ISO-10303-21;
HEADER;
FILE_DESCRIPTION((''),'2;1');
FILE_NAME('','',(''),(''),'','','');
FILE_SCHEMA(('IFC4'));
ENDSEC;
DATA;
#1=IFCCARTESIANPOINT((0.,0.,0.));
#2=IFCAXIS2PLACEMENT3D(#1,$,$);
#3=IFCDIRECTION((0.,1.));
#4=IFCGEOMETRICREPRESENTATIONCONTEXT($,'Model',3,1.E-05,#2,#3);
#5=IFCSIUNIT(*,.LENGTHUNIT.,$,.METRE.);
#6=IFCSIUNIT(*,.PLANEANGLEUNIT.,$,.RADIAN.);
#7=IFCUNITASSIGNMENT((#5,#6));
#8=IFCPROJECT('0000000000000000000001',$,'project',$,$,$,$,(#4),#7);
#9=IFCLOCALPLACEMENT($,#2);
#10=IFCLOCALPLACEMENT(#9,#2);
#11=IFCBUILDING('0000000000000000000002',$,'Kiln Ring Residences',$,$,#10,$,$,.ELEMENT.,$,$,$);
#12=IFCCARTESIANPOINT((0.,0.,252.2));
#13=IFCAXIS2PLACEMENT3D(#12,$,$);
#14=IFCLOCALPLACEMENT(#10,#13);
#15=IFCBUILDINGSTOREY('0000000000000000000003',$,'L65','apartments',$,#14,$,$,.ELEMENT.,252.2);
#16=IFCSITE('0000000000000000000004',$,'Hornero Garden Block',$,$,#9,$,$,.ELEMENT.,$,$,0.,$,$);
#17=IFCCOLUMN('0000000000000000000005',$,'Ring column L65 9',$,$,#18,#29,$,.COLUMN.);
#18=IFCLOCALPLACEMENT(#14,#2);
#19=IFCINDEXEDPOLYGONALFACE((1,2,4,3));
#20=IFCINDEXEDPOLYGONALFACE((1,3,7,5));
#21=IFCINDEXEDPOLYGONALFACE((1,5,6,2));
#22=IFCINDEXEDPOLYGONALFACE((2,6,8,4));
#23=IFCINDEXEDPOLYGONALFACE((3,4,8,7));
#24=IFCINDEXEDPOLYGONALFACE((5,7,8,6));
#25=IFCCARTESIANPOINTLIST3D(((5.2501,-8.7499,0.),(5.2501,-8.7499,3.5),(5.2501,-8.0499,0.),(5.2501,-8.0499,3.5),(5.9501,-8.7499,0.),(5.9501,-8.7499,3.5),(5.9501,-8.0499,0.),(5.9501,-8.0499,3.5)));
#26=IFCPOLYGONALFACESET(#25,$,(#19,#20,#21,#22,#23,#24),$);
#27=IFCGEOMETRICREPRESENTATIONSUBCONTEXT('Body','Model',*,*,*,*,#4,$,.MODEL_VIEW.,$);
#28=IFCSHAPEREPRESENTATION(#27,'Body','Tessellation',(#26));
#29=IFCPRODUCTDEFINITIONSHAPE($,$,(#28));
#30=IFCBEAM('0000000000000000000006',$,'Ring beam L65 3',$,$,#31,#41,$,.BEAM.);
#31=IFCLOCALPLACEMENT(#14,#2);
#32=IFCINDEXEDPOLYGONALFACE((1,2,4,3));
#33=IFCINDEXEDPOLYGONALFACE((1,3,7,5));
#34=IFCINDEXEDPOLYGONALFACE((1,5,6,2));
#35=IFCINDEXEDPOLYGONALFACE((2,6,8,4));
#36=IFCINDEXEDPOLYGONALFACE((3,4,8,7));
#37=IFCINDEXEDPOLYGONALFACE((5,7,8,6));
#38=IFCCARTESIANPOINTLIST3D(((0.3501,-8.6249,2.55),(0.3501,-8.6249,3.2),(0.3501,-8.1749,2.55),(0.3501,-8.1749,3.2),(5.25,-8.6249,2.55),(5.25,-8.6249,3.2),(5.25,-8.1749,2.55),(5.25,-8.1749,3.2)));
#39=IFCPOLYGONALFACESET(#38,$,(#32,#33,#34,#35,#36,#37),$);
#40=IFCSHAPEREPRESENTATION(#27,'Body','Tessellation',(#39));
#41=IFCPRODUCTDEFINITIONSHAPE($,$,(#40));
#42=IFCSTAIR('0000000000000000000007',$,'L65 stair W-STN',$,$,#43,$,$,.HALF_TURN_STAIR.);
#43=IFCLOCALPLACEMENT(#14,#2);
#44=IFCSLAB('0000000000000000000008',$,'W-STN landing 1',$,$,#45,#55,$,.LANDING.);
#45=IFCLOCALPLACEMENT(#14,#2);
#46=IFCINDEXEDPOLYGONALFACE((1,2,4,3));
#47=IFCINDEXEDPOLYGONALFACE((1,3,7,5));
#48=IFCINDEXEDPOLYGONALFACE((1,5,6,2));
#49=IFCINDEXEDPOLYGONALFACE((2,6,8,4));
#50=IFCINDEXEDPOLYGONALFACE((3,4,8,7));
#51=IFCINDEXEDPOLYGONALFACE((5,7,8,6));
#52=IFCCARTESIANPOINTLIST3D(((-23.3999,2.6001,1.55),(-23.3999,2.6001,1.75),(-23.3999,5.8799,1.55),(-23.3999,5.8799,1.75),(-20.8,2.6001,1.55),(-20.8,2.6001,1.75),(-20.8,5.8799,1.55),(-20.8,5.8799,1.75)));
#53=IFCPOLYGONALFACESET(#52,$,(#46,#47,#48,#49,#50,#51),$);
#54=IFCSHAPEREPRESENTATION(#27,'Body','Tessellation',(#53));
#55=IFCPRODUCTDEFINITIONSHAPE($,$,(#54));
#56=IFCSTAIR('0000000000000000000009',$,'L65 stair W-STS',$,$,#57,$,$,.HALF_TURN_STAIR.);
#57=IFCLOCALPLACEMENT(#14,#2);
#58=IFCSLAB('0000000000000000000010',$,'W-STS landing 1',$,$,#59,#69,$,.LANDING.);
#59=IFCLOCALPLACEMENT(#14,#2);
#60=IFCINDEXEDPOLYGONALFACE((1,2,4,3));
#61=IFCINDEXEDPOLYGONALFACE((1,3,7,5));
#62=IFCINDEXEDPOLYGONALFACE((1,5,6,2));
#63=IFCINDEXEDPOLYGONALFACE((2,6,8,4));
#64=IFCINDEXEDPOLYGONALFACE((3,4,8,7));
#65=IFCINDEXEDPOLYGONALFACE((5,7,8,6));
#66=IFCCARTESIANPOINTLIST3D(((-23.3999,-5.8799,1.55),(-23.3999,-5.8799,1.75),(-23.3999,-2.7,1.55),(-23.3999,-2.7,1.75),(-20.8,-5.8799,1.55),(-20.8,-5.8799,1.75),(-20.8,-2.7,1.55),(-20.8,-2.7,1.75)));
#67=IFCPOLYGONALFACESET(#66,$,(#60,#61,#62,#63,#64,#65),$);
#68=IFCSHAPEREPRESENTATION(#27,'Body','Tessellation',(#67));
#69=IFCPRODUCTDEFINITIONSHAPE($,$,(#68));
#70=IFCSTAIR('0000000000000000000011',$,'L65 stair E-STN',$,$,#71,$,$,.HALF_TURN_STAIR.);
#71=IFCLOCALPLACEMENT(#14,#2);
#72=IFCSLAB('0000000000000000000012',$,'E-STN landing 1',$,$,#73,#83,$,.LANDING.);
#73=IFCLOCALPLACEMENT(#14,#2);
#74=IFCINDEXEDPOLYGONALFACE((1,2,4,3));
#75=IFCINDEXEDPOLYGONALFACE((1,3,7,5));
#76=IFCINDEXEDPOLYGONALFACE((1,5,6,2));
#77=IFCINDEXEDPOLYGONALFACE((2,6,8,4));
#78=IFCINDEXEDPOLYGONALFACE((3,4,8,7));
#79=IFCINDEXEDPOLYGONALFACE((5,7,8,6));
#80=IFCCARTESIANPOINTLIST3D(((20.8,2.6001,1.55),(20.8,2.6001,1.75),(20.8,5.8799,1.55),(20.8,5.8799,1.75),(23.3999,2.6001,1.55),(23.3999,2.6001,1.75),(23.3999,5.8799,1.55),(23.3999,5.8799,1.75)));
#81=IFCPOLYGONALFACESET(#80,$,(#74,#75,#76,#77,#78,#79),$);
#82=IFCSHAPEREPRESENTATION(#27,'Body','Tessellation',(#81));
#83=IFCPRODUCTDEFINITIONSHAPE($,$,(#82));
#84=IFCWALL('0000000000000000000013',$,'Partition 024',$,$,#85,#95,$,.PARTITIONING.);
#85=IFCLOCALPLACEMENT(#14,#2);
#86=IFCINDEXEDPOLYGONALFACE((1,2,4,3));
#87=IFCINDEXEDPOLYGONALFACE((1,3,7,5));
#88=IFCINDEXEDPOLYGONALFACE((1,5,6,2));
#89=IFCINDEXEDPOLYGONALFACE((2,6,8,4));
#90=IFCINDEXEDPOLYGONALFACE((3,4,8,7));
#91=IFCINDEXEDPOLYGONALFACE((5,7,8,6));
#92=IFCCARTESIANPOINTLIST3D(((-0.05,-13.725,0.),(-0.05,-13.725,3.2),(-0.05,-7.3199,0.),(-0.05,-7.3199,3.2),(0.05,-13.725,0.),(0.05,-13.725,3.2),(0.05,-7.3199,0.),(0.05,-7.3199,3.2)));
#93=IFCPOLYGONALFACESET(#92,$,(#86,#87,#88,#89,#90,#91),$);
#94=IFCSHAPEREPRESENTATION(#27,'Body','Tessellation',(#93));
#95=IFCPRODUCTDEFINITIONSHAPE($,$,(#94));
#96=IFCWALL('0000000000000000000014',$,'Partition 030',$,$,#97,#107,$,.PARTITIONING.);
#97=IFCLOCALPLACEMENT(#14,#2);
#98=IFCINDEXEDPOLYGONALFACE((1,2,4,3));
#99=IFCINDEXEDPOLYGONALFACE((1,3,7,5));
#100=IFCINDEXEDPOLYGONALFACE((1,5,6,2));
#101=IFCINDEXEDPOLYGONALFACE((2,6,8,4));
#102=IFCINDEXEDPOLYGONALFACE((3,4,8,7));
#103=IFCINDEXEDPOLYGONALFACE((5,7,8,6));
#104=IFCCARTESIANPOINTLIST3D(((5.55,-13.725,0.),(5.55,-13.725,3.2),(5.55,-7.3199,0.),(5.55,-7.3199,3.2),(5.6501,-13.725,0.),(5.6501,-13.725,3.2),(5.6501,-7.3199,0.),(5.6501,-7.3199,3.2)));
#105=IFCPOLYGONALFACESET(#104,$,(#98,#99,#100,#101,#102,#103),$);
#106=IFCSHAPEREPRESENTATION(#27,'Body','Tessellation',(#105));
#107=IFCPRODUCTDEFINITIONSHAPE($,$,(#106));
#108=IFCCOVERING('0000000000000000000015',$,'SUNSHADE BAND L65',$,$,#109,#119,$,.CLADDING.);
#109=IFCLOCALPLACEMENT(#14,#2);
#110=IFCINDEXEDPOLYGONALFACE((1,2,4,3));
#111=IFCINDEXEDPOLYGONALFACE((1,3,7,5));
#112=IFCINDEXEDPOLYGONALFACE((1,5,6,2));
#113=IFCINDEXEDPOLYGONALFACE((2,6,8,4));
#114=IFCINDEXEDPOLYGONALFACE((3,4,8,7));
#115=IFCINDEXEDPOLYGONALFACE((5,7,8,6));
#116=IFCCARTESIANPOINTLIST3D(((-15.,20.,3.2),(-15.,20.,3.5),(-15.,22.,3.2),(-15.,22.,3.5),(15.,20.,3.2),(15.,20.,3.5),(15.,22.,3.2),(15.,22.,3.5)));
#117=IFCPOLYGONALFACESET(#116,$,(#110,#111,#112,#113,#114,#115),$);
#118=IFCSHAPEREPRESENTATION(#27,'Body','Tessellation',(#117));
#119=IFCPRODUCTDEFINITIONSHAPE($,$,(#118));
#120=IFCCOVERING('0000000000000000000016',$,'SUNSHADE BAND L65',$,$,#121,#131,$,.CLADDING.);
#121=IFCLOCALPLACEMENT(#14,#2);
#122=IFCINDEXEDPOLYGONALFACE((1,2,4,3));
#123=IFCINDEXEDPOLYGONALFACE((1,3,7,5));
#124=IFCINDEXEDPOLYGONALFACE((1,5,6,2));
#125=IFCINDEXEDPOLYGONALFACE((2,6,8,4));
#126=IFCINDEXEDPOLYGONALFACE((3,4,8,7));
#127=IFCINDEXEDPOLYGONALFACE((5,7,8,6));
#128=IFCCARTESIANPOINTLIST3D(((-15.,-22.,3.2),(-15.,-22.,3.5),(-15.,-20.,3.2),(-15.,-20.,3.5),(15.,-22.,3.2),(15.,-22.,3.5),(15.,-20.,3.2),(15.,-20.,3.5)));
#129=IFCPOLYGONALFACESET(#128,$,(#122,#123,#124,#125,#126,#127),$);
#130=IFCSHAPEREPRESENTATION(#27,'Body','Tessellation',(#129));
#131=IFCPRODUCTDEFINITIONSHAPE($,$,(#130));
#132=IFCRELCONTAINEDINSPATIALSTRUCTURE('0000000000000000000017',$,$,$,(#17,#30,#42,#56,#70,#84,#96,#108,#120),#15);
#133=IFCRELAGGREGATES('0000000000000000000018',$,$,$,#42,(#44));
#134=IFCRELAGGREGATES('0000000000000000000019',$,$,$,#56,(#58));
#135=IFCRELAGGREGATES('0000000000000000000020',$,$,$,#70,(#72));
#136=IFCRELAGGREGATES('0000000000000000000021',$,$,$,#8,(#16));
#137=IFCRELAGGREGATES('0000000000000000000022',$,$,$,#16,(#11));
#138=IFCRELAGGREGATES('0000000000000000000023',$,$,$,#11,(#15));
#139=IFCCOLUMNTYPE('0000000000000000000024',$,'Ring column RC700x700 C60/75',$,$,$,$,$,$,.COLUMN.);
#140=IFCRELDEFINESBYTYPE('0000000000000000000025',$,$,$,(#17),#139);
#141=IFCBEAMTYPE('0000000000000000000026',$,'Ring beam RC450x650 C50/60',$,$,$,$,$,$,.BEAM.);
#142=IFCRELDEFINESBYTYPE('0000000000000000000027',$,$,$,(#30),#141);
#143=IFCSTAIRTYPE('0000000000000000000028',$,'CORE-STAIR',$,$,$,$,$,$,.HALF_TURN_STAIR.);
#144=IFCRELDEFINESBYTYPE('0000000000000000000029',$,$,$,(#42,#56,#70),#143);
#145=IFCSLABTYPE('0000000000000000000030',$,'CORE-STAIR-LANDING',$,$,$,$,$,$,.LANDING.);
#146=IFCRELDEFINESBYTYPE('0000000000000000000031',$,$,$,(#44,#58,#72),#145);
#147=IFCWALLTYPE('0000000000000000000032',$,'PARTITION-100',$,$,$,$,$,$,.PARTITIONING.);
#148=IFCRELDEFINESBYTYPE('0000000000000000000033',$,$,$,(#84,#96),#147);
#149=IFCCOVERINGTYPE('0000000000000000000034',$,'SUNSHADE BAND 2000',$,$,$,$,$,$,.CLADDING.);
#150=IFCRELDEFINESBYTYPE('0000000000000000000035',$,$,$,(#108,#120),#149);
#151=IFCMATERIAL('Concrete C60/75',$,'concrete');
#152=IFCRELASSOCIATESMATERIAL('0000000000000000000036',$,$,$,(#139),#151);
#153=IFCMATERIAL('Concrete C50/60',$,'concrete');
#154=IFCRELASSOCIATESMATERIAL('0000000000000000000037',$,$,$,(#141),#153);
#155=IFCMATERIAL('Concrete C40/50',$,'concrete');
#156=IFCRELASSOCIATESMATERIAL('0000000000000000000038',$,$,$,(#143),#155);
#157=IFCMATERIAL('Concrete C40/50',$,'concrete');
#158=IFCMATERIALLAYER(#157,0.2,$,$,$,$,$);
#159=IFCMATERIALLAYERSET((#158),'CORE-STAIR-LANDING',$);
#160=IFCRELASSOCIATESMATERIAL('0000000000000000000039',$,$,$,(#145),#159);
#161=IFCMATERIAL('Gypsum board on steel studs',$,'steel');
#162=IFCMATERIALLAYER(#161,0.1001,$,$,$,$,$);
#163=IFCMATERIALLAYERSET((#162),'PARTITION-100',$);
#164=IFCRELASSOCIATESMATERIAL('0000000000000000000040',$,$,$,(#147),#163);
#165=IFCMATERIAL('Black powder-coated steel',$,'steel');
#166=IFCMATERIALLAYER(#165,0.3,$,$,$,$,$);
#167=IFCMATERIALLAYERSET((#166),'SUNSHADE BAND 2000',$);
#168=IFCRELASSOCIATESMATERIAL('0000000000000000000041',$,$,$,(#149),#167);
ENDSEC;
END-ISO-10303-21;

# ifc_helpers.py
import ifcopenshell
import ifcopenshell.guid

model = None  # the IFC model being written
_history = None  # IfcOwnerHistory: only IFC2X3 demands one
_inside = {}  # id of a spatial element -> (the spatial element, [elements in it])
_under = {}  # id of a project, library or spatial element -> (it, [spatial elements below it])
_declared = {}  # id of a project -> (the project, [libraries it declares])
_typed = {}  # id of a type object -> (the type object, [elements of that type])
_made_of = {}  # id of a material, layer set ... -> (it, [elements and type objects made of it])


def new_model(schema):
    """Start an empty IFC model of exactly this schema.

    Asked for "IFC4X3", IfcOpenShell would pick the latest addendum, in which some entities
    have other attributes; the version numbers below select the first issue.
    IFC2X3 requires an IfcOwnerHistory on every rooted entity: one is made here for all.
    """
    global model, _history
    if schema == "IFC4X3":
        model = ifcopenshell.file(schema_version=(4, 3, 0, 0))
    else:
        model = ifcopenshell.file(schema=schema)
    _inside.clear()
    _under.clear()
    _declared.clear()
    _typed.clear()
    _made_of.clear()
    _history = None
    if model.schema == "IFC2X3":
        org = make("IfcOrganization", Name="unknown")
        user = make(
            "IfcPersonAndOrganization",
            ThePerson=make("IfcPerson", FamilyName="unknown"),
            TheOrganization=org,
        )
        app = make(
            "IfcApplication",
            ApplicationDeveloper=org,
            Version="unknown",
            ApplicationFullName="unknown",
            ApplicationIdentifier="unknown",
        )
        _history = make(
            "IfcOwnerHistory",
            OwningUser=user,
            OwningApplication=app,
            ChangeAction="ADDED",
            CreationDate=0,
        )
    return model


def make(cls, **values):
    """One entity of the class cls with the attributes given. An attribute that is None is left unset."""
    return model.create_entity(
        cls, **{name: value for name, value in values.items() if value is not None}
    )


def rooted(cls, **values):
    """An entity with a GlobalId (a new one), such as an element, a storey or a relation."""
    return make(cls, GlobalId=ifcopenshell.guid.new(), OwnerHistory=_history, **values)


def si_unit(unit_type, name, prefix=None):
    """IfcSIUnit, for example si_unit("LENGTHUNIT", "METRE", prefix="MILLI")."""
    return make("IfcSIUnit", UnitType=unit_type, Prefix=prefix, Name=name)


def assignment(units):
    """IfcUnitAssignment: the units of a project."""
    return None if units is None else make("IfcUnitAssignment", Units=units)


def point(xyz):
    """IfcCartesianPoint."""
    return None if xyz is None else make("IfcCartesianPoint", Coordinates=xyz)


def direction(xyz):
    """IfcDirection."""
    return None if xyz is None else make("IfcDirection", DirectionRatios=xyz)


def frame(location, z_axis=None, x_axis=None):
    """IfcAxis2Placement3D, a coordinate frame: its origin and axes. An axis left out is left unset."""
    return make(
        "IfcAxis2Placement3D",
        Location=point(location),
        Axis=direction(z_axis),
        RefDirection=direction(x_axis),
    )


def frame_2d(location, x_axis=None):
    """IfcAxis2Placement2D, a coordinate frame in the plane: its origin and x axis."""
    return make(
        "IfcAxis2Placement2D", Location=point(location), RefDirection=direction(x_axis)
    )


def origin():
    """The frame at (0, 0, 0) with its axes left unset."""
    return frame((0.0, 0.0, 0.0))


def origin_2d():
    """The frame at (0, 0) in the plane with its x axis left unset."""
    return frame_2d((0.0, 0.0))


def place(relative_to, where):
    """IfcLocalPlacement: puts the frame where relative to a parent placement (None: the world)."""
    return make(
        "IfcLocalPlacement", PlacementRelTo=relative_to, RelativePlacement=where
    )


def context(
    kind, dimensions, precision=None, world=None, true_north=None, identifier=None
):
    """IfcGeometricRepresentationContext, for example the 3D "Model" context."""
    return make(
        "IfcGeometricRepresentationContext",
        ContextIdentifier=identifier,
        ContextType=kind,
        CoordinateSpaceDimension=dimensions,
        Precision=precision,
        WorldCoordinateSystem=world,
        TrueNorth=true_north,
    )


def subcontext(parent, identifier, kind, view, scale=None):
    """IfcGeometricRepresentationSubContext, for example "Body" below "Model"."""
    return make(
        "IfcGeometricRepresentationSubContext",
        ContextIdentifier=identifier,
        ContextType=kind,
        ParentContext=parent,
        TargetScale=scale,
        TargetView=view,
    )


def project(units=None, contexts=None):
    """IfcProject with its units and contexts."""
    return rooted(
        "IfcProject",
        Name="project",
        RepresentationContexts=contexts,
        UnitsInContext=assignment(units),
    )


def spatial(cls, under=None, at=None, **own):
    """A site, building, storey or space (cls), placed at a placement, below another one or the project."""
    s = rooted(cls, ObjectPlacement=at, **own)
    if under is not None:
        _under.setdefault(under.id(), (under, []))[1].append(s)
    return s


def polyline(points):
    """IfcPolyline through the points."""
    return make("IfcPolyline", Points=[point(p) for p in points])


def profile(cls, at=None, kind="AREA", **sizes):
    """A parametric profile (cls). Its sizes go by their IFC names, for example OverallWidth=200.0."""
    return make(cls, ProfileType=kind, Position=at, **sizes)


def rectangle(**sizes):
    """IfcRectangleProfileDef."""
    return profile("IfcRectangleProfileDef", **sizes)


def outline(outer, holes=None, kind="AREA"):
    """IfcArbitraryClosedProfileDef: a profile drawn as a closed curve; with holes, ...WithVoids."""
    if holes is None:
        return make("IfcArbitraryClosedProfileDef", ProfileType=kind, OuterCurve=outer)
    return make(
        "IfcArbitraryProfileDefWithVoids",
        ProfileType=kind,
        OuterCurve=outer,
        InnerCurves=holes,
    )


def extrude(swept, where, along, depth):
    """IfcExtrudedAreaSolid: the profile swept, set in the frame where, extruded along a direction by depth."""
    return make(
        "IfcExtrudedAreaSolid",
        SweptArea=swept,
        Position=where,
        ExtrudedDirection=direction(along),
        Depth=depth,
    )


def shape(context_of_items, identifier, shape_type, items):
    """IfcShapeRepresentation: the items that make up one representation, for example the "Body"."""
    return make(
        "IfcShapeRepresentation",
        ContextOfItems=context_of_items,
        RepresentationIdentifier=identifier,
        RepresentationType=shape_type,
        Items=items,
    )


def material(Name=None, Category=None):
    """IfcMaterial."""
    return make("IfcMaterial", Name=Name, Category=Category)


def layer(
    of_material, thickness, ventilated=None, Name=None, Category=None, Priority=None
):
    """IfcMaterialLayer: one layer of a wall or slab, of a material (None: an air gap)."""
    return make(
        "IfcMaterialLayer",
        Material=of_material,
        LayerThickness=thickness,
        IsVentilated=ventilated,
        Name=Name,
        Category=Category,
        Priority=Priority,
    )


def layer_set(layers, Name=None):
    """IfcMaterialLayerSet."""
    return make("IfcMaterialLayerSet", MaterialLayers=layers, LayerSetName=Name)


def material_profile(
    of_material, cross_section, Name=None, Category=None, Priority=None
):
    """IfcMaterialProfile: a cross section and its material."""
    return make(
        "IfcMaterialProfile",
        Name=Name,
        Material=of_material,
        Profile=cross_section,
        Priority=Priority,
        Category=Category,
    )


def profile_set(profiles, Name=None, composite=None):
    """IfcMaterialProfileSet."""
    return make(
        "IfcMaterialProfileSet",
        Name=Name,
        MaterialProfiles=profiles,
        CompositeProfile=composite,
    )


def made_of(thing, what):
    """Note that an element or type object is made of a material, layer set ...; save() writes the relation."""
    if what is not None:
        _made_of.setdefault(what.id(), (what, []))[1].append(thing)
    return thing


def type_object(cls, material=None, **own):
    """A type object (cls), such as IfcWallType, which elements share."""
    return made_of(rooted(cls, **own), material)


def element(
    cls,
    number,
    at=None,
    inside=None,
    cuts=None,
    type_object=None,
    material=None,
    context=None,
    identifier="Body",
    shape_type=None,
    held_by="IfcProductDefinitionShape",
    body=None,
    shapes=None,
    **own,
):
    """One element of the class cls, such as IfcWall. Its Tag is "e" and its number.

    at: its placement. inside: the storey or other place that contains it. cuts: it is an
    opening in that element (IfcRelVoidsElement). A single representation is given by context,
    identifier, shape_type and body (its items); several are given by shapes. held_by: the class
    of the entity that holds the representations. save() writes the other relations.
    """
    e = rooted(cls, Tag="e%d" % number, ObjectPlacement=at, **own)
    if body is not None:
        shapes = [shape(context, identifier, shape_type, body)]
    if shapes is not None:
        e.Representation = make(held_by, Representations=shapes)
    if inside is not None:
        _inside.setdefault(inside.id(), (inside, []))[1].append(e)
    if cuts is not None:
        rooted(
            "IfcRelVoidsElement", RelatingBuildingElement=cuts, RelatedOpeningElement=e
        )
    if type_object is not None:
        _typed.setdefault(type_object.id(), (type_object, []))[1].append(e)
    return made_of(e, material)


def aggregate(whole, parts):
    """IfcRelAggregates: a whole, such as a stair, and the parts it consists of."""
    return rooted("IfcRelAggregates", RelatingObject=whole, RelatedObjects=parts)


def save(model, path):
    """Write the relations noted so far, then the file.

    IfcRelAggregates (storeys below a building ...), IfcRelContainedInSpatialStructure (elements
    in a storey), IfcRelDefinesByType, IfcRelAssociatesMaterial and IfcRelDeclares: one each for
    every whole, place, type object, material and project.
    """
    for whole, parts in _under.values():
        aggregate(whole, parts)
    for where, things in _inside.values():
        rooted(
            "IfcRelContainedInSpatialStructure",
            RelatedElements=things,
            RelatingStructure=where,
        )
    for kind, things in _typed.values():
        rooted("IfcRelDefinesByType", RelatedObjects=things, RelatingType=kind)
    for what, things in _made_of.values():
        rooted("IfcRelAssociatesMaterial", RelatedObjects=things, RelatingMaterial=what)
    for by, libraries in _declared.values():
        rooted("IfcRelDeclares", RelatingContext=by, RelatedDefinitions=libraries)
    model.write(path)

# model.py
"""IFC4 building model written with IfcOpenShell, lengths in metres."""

from ifc_helpers import new_model, si_unit, direction, frame, frame_2d, origin, origin_2d, place, context, subcontext, project, spatial, polyline, rectangle, outline, extrude, material, layer, layer_set, material_profile, profile_set, type_object, element, aggregate, save


model = new_model("IFC4")

# Units and contexts
model_context = context("Model", 3, precision=1e-05, world=origin(), true_north=direction((0.0, 1.0)))
body_context = subcontext(model_context, "Body", "Model", "MODEL_VIEW")
ifc_project = project(units=[si_unit("LENGTHUNIT", "METRE"), si_unit("PLANEANGLEUNIT", "RADIAN")], contexts=[model_context])

# Site, building, storey
site_placement = place(None, origin())
site = spatial("IfcSite", under=ifc_project, at=site_placement, Name="Hornero Garden Block", CompositionType="ELEMENT", RefElevation=0.0)
building_placement = place(site_placement, origin())
building = spatial("IfcBuilding", under=site, at=building_placement, Name="Kiln Ring Residences", CompositionType="ELEMENT")
storey_placement = place(building_placement, frame((0.0, 0.0, 252.2)))
storey = spatial("IfcBuildingStorey", under=building, at=storey_placement, Name="L65", Description="apartments", CompositionType="ELEMENT", Elevation=252.2)

# Column
ifc_material_1 = material(Name="Concrete C60/75", Category="concrete")
ifc_material_profile_1 = material_profile(ifc_material_1, rectangle(XDim=0.7, YDim=0.7, at=origin_2d()), Name="RC700x700")
ifc_profile_set_1 = profile_set([ifc_material_profile_1], Name="Concrete C60/75")
column_type = type_object("IfcColumnType", Name="Ring column RC700x700 C60/75", PredefinedType="COLUMN", material=ifc_profile_set_1)
column_placement = place(storey_placement, frame((5.6001, -8.3999, 0.0), z_axis=(0.0, 0.0, 1.0), x_axis=(1.0, 0.0, 0.0)))
element("IfcColumn", 1, at=column_placement, inside=storey, type_object=column_type, Name="Ring column L65 9", PredefinedType="COLUMN", context=body_context, shape_type="SweptSolid", body=[
    extrude(rectangle(XDim=0.7, YDim=0.7, at=origin_2d()), origin(), (0.0, 0.0, 1.0), 3.5),
])

# Beam
ifc_material_2 = material(Name="Concrete C50/60", Category="concrete")
ifc_material_profile_2 = material_profile(ifc_material_2, rectangle(XDim=0.45, YDim=0.6499, at=origin_2d()), Name="RC450x650")
ifc_profile_set_2 = profile_set([ifc_material_profile_2], Name="Concrete C50/60")
beam_type = type_object("IfcBeamType", Name="Ring beam RC450x650 C50/60", PredefinedType="BEAM", material=ifc_profile_set_2)
beam_placement = place(storey_placement, frame((0.3501, -8.3999, 2.875), z_axis=(1.0, 0.0, 0.0), x_axis=(0.0, 1.0, 0.0)))
element("IfcBeam", 2, at=beam_placement, inside=storey, type_object=beam_type, Name="Ring beam L65 3", PredefinedType="BEAM", context=body_context, shape_type="SweptSolid", body=[
    extrude(rectangle(XDim=0.45, YDim=0.6499, at=origin_2d()), origin(), (0.0, 0.0, 1.0), 4.8999),
])

# Stairs, slabs
ifc_material_3 = material(Name="Concrete C40/50", Category="concrete")
stair_type = type_object("IfcStairType", Name="CORE-STAIR", PredefinedType="HALF_TURN_STAIR", material=ifc_material_3)
placement_1 = place(storey_placement, origin())
stair_1 = element("IfcStair", 3, at=placement_1, inside=storey, type_object=stair_type, Name="L65 stair W-STN", PredefinedType="HALF_TURN_STAIR")
ifc_material_4 = material(Name="Concrete C40/50", Category="concrete")
ifc_layer_1 = layer(ifc_material_4, 0.2)
ifc_layer_set_1 = layer_set([ifc_layer_1], Name="CORE-STAIR-LANDING")
slab_type = type_object("IfcSlabType", Name="CORE-STAIR-LANDING", PredefinedType="LANDING", material=ifc_layer_set_1)
placement_2 = place(storey_placement, frame((0.0, 0.0, 1.55)))
slab_1 = element("IfcSlab", 4, at=placement_2, type_object=slab_type, Name="W-STN landing 1", PredefinedType="LANDING", context=body_context, shape_type="SweptSolid", body=[
    extrude(outline(polyline([(-23.3999, 5.8799), (-23.3999, 2.6001), (-20.8, 2.6001), (-20.8, 5.8799), (-23.3999, 5.8799)])), origin(), (0.0, 0.0, 1.0), 0.2),
])
aggregate(stair_1, [slab_1])
stair_2 = element("IfcStair", 5, at=placement_1, inside=storey, type_object=stair_type, Name="L65 stair W-STS", PredefinedType="HALF_TURN_STAIR")
slab_2 = element("IfcSlab", 6, at=placement_2, type_object=slab_type, Name="W-STS landing 1", PredefinedType="LANDING", context=body_context, shape_type="SweptSolid", body=[
    extrude(outline(polyline([(-20.8, -5.8799), (-20.8, -2.7), (-23.3999, -2.7), (-23.3999, -5.8799), (-20.8, -5.8799)])), origin(), (0.0, 0.0, 1.0), 0.2),
])
aggregate(stair_2, [slab_2])
stair_3 = element("IfcStair", 7, at=placement_1, inside=storey, type_object=stair_type, Name="L65 stair E-STN", PredefinedType="HALF_TURN_STAIR")
slab_3 = element("IfcSlab", 8, at=placement_2, type_object=slab_type, Name="E-STN landing 1", PredefinedType="LANDING", context=body_context, shape_type="SweptSolid", body=[
    extrude(outline(polyline([(20.8, 5.8799), (20.8, 2.6001), (23.3999, 2.6001), (23.3999, 5.8799), (20.8, 5.8799)])), origin(), (0.0, 0.0, 1.0), 0.2),
])
aggregate(stair_3, [slab_3])

# Walls
ifc_material_5 = material(Name="Gypsum board on steel studs", Category="steel")
ifc_layer_2 = layer(ifc_material_5, 0.1001)
ifc_layer_set_2 = layer_set([ifc_layer_2], Name="PARTITION-100")
wall_type = type_object("IfcWallType", Name="PARTITION-100", PredefinedType="PARTITIONING", material=ifc_layer_set_2)
for number, where, z_axis, x_axis, name in (
    (9, (0.0, -13.7251, 0.0), (0.0, 0.0, 1.0), (0.0, 1.0, 0.0), "Partition 024"),
    (10, (5.6001, -13.7251, 0.0), (0.0, 0.0, 1.0), (0.0, 1.0, 0.0), "Partition 030"),
):
    element("IfcWall", number, at=place(storey_placement, frame(where, z_axis=z_axis, x_axis=x_axis)), inside=storey, type_object=wall_type, Name=name, PredefinedType="PARTITIONING", context=body_context, shape_type="SweptSolid", body=[
        extrude(rectangle(XDim=6.405, YDim=0.1001, at=frame_2d((3.2026, 0.0))), origin(), (0.0, 0.0, 1.0), 3.2),
    ])

# Coverings
ifc_material_6 = material(Name="Black powder-coated steel", Category="steel")
ifc_layer_3 = layer(ifc_material_6, 0.3)
ifc_layer_set_3 = layer_set([ifc_layer_3], Name="SUNSHADE BAND 2000")
covering_type = type_object("IfcCoveringType", Name="SUNSHADE BAND 2000", PredefinedType="CLADDING", material=ifc_layer_set_3)
placement_3 = place(storey_placement, frame((0.0, 0.0, 3.2)))
element("IfcCovering", 11, at=placement_3, inside=storey, type_object=covering_type, Name="SUNSHADE BAND L65", PredefinedType="CLADDING", context=body_context, shape_type="SweptSolid", body=[
    extrude(outline(polyline([(15.0, 22.0), (-15.0, 22.0), (-15.0, 20.0), (15.0, 20.0), (15.0, 22.0)])), origin(), (0.0, 0.0, 1.0), 0.3),
])
element("IfcCovering", 12, at=placement_3, inside=storey, type_object=covering_type, Name="SUNSHADE BAND L65", PredefinedType="CLADDING", context=body_context, shape_type="SweptSolid", body=[
    extrude(outline(polyline([(-15.0, -22.0), (15.0, -22.0), (15.0, -20.0), (-15.0, -20.0), (-15.0, -22.0)])), origin(), (0.0, 0.0, 1.0), 0.3),
])

save(model, "model.ifc")
